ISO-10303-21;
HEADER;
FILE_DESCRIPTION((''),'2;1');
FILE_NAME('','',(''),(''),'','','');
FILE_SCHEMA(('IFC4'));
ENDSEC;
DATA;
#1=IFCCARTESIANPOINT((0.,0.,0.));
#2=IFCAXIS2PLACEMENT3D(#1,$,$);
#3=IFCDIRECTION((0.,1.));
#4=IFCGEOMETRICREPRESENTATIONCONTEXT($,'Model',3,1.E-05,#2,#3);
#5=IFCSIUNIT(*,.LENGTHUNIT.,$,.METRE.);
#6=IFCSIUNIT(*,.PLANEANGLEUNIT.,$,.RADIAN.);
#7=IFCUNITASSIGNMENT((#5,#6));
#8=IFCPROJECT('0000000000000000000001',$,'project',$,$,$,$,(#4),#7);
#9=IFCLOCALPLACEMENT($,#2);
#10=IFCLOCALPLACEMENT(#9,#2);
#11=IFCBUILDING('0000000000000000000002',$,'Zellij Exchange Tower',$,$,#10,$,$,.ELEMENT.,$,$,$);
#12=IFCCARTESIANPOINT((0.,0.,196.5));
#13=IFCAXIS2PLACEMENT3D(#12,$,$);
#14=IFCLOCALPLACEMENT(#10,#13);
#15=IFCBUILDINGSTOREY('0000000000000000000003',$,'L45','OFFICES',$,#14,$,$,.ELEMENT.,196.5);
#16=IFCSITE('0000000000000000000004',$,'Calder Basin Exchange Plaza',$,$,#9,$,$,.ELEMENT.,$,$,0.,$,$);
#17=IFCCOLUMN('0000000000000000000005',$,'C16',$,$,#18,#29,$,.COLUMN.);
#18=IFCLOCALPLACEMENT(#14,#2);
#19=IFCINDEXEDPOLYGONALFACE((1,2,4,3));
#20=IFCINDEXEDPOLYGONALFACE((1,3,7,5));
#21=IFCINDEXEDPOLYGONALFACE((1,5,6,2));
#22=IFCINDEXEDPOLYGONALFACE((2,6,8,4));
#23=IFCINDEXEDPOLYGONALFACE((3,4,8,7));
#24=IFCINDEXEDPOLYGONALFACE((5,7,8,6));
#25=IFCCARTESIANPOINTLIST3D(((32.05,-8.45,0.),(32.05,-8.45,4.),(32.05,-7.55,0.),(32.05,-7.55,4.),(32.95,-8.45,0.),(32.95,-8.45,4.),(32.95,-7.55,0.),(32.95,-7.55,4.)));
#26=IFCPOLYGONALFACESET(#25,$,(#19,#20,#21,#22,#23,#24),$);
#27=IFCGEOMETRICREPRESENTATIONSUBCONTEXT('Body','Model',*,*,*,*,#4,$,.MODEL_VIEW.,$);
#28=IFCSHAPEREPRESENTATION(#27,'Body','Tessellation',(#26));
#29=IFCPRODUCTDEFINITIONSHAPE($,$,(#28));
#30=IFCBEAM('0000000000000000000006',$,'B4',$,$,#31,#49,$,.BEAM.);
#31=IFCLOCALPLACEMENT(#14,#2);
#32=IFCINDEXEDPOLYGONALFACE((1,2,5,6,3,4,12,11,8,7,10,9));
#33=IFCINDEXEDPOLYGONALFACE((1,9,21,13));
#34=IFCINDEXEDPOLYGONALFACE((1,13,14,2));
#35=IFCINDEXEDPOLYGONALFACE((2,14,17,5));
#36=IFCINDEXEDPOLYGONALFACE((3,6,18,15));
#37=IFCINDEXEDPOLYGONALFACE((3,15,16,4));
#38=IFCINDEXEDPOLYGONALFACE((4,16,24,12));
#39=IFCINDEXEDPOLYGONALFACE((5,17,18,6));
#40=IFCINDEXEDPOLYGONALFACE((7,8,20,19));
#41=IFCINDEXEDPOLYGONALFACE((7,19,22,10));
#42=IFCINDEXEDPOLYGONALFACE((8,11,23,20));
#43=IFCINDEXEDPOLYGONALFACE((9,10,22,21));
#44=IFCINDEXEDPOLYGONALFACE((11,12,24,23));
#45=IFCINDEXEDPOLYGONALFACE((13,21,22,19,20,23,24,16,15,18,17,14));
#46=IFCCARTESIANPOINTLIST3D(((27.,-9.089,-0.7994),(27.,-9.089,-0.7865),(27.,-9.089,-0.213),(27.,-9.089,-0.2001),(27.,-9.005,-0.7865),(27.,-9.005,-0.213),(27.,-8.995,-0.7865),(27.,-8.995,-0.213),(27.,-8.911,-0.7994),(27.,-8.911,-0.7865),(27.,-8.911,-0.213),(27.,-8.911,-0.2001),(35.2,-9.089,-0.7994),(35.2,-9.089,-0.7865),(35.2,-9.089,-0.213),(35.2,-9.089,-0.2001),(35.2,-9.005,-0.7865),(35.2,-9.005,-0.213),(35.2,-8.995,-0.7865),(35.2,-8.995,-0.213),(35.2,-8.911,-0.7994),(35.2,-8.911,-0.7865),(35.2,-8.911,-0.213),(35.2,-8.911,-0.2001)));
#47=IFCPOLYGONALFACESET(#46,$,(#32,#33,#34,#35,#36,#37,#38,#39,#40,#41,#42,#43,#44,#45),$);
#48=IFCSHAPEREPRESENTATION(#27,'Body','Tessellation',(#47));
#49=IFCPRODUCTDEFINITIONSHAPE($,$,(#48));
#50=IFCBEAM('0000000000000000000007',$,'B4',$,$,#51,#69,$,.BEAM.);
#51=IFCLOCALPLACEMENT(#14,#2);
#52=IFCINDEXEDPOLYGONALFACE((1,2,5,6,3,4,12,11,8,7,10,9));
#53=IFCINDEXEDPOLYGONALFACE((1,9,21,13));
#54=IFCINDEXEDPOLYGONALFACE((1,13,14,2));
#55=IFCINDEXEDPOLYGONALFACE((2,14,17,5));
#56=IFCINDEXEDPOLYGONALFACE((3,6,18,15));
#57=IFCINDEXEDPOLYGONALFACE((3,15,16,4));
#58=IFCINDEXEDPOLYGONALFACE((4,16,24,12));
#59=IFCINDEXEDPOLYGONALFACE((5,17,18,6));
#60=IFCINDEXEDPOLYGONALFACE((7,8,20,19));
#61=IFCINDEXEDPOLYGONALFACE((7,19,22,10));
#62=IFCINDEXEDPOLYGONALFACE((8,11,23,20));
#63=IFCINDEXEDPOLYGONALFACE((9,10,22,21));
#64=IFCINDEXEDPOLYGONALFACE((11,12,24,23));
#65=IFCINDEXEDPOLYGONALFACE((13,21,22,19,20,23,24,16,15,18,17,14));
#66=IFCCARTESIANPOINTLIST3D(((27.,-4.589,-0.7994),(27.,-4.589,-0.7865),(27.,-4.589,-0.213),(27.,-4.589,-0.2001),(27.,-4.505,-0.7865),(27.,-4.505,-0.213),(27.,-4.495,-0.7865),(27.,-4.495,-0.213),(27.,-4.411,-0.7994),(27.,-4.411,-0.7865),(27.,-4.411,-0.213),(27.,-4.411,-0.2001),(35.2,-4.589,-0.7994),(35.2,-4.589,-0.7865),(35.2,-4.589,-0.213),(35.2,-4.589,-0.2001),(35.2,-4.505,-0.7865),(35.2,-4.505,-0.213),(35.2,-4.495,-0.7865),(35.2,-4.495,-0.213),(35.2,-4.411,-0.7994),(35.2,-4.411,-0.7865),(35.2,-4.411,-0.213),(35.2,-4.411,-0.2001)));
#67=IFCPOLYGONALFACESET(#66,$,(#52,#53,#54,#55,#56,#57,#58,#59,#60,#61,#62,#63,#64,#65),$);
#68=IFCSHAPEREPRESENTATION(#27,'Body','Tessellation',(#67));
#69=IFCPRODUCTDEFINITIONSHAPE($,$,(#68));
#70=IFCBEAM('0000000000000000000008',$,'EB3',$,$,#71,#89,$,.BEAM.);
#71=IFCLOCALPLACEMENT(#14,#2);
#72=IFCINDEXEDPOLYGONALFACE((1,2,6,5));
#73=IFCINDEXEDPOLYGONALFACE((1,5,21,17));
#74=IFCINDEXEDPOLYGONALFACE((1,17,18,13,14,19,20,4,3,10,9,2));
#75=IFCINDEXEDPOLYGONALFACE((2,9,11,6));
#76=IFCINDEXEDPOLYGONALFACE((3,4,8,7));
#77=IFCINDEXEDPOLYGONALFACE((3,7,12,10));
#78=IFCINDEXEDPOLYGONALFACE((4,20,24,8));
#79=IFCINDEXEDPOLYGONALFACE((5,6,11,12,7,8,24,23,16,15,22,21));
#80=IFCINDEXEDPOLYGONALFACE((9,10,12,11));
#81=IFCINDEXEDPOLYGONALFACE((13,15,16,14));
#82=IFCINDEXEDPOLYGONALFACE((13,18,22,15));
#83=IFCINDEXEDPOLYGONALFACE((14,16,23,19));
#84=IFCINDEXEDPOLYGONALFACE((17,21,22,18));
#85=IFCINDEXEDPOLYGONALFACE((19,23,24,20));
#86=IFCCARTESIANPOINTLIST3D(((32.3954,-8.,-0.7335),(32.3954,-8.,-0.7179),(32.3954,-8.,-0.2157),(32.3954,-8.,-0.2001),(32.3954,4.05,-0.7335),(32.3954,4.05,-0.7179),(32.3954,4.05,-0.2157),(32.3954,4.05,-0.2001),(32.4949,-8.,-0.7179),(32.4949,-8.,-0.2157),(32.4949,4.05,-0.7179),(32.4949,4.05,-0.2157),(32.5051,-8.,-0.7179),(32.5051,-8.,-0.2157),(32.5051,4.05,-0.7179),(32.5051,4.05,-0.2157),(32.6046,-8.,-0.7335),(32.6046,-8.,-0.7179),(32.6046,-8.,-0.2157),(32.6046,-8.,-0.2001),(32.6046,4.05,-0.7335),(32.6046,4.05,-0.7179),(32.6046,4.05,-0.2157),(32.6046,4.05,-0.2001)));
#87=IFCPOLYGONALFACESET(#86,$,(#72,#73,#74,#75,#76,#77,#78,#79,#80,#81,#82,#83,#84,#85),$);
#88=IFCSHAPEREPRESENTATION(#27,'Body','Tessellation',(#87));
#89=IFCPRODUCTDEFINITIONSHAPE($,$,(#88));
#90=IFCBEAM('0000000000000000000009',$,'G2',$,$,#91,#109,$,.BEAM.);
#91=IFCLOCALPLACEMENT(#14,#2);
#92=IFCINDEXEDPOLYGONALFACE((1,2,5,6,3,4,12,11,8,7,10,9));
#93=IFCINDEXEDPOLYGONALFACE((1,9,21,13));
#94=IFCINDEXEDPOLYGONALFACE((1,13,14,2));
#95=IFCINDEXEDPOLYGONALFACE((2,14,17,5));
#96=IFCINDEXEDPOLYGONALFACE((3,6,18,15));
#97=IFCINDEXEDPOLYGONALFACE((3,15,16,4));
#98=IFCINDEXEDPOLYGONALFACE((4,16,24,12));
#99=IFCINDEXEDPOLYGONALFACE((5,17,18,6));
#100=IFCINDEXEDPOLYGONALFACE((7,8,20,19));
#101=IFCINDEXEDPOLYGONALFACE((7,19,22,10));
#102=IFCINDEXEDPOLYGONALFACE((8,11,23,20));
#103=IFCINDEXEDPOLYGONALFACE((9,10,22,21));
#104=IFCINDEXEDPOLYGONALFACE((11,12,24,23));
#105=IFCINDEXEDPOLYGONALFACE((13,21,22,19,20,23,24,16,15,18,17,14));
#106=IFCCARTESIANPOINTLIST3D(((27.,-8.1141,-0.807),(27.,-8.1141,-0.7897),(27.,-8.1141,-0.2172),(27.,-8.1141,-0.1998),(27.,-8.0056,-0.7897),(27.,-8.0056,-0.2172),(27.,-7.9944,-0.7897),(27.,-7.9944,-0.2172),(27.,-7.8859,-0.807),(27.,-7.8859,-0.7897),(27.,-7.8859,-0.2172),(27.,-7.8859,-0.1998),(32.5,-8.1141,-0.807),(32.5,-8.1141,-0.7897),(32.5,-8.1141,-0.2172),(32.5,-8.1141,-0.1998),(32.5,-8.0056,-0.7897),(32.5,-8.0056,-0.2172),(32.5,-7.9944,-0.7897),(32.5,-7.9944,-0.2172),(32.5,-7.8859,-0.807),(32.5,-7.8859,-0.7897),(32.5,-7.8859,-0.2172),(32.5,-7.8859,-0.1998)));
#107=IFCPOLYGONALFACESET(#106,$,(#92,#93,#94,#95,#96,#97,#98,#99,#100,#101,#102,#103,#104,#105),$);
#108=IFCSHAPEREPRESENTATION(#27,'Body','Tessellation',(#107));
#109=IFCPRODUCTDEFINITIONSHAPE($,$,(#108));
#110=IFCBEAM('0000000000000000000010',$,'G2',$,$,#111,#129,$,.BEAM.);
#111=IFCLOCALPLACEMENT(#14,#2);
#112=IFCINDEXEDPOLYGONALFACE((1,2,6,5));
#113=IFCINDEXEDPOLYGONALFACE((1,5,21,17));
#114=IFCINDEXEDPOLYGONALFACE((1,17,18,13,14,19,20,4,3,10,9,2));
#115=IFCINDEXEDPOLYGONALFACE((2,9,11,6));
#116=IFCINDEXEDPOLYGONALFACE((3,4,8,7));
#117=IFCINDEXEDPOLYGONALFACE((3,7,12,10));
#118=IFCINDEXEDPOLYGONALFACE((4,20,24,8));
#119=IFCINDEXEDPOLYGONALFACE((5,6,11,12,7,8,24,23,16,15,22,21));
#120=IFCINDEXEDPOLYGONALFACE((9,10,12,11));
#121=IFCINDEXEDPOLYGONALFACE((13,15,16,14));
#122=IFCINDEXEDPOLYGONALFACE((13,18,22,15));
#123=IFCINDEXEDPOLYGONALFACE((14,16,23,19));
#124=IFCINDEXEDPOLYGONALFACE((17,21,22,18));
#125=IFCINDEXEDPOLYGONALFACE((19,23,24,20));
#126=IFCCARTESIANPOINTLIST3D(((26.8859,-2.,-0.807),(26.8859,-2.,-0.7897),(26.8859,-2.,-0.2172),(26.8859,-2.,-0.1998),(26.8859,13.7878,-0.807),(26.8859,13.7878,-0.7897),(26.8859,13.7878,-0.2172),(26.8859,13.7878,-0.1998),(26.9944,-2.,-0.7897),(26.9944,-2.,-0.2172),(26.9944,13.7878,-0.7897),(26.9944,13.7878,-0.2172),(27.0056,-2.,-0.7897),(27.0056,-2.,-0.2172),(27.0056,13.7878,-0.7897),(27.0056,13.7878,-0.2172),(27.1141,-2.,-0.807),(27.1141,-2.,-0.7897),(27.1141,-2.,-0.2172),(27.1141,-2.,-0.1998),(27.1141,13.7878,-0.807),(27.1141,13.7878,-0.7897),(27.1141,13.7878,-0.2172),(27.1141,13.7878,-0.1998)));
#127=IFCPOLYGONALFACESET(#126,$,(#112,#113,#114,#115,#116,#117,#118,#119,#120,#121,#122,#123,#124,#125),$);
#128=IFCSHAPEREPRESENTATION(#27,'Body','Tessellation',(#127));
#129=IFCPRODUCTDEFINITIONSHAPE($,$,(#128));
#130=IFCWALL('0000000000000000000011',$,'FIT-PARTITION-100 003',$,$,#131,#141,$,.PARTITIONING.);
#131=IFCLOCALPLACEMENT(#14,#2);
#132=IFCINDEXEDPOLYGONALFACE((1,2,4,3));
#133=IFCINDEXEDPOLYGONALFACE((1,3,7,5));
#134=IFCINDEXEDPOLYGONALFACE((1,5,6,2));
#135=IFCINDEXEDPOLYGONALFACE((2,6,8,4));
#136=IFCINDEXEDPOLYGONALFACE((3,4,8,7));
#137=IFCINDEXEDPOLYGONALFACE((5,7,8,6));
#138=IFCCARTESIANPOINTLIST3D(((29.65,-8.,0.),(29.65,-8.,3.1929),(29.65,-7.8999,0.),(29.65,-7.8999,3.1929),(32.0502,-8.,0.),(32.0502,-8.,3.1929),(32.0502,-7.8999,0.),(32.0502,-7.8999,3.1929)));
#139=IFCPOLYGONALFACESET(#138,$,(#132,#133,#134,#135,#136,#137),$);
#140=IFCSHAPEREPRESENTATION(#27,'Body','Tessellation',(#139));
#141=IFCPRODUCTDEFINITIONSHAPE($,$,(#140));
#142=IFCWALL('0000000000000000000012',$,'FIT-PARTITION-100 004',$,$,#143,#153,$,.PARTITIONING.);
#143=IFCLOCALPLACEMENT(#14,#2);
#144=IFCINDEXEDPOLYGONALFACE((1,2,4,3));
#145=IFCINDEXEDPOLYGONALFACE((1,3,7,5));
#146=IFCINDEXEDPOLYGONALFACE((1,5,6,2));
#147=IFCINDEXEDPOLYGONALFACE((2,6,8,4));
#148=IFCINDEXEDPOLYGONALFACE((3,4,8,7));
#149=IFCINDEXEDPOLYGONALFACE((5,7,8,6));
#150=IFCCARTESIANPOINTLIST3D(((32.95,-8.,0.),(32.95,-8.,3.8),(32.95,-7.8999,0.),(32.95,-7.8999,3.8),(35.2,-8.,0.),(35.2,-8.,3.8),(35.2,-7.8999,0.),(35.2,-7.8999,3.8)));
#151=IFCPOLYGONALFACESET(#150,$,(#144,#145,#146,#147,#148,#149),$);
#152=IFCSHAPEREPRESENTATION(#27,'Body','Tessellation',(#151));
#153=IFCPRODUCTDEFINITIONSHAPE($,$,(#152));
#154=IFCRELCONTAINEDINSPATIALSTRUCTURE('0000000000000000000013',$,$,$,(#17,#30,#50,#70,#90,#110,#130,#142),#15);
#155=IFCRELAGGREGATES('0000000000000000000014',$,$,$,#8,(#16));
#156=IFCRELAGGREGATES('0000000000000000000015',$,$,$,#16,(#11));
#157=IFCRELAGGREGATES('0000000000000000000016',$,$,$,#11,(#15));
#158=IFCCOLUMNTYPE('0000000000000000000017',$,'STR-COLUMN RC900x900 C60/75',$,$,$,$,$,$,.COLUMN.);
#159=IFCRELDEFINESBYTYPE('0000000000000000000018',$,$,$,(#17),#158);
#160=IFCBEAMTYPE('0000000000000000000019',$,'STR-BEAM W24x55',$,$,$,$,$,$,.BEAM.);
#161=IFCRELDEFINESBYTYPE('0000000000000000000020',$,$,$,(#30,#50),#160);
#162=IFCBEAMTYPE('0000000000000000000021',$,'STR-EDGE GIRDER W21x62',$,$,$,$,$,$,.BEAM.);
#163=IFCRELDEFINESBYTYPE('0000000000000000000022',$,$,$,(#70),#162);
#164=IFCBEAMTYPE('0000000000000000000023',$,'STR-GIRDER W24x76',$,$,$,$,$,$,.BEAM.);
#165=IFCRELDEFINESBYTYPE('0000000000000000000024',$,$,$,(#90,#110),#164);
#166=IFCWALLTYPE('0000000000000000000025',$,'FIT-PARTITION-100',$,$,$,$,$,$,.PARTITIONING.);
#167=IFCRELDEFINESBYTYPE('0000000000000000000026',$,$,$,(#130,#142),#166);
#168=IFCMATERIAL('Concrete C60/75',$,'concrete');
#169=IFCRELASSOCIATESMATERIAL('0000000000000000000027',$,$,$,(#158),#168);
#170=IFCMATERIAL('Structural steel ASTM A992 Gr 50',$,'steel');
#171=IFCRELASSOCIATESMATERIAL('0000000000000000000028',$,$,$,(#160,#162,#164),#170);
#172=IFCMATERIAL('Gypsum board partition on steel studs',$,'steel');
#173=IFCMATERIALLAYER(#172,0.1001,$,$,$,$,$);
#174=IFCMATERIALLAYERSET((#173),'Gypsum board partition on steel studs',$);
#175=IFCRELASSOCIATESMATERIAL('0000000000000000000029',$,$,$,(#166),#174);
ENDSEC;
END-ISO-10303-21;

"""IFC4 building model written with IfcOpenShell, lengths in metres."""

from ifc_helpers import new_model, si_unit, direction, frame, frame_2d, origin, origin_2d, place, context, subcontext, project, spatial, rectangle, i_section, extrude, material, layer, layer_set, material_profile, profile_set, type_object, element, save


model = new_model("IFC4")

# Units and contexts
model_context = context("Model", 3, precision=1e-05, world=origin(), true_north=direction((0.0, 1.0)))
body_context = subcontext(model_context, "Body", "Model", "MODEL_VIEW")
ifc_project = project(units=[si_unit("LENGTHUNIT", "METRE"), si_unit("PLANEANGLEUNIT", "RADIAN")], contexts=[model_context])

# Site, building, storey
site_placement = place(None, origin())
site = spatial("IfcSite", under=ifc_project, at=site_placement, Name="Calder Basin Exchange Plaza", CompositionType="ELEMENT", RefElevation=0.0)
building_placement = place(site_placement, origin())
building = spatial("IfcBuilding", under=site, at=building_placement, Name="Zellij Exchange Tower", CompositionType="ELEMENT")
storey_placement = place(building_placement, frame((0.0, 0.0, 196.5)))
storey = spatial("IfcBuildingStorey", under=building, at=storey_placement, Name="L45", Description="OFFICES", CompositionType="ELEMENT", Elevation=196.5)

# Column
ifc_material_1 = material(Name="Concrete C60/75", Category="concrete")
ifc_material_profile_1 = material_profile(ifc_material_1, rectangle(XDim=0.8999, YDim=0.8999, at=origin_2d()), Name="STR-COLUMN RC900x900 C60/75")
ifc_profile_set_1 = profile_set([ifc_material_profile_1], Name="Concrete C60/75")
column_type = type_object("IfcColumnType", Name="STR-COLUMN RC900x900 C60/75", PredefinedType="COLUMN", material=ifc_profile_set_1)
column_placement = place(storey_placement, frame((32.5, -8.0, 0.0), z_axis=(0.0, 0.0, 1.0), x_axis=(1.0, 0.0, 0.0)))
element("IfcColumn", 1, at=column_placement, inside=storey, type_object=column_type, Name="C16", PredefinedType="COLUMN", context=body_context, shape_type="SweptSolid", body=[
    extrude(rectangle(XDim=0.8999, YDim=0.8999, at=origin_2d()), origin(), (0.0, 0.0, 1.0), 4.0),
])

# Beams
ifc_material_2 = material(Name="Structural steel ASTM A992 Gr 50", Category="steel")
ifc_material_profile_2 = material_profile(ifc_material_2, i_section(OverallWidth=0.178, OverallDepth=0.5994, WebThickness=0.01, FlangeThickness=0.0129, at=origin_2d()), Name="W24x55")
ifc_profile_set_2 = profile_set([ifc_material_profile_2], Name="Structural steel ASTM A992 Gr 50")
beam_type_1 = type_object("IfcBeamType", Name="STR-BEAM W24x55", PredefinedType="BEAM", material=ifc_profile_set_2)
for number, where, z_axis, x_axis, name in (
    (2, (27.0, -9.0, -0.4998), (1.0, 0.0, 0.0), (0.0, 1.0, 0.0), "B4"),
    (3, (27.0, -4.5, -0.4998), (1.0, 0.0, 0.0), (0.0, 1.0, 0.0), "B4"),
):
    element("IfcBeam", number, at=place(storey_placement, frame(where, z_axis=z_axis, x_axis=x_axis)), inside=storey, type_object=beam_type_1, Name=name, PredefinedType="BEAM", context=body_context, shape_type="SweptSolid", body=[
        extrude(i_section(OverallWidth=0.178, OverallDepth=0.5994, WebThickness=0.01, FlangeThickness=0.0129, at=origin_2d()), origin(), (0.0, 0.0, 1.0), 8.2),
    ])
ifc_material_profile_3 = material_profile(ifc_material_2, i_section(OverallWidth=0.2092, OverallDepth=0.5334, WebThickness=0.0103, FlangeThickness=0.0156, at=origin_2d()), Name="W21x62")
ifc_profile_set_3 = profile_set([ifc_material_profile_3], Name="Structural steel ASTM A992 Gr 50")
beam_type_2 = type_object("IfcBeamType", Name="STR-EDGE GIRDER W21x62", PredefinedType="BEAM", material=ifc_profile_set_3)
beam_1_placement = place(storey_placement, frame((32.5, -8.0, -0.4668), z_axis=(0.0, 1.0, 0.0), x_axis=(-1.0, 0.0, 0.0)))
element("IfcBeam", 4, at=beam_1_placement, inside=storey, type_object=beam_type_2, Name="EB3", PredefinedType="BEAM", context=body_context, shape_type="SweptSolid", body=[
    extrude(i_section(OverallWidth=0.2092, OverallDepth=0.5334, WebThickness=0.0103, FlangeThickness=0.0156, at=origin_2d()), origin(), (0.0, 0.0, 1.0), 12.05),
])
ifc_material_profile_4 = material_profile(ifc_material_2, i_section(OverallWidth=0.2283, OverallDepth=0.6072, WebThickness=0.0112, FlangeThickness=0.0173, at=origin_2d()), Name="W24x76")
ifc_profile_set_4 = profile_set([ifc_material_profile_4], Name="Structural steel ASTM A992 Gr 50")
beam_type_3 = type_object("IfcBeamType", Name="STR-GIRDER W24x76", PredefinedType="BEAM", material=ifc_profile_set_4)
beam_2_placement = place(storey_placement, frame((27.0, -8.0, -0.5034), z_axis=(1.0, 0.0, 0.0), x_axis=(0.0, 1.0, 0.0)))
element("IfcBeam", 5, at=beam_2_placement, inside=storey, type_object=beam_type_3, Name="G2", PredefinedType="BEAM", context=body_context, shape_type="SweptSolid", body=[
    extrude(i_section(OverallWidth=0.2283, OverallDepth=0.6072, WebThickness=0.0112, FlangeThickness=0.0173, at=origin_2d()), origin(), (0.0, 0.0, 1.0), 5.5),
])
beam_3_placement = place(storey_placement, frame((27.0, -2.0, -0.5034), z_axis=(0.0, 1.0, 0.0), x_axis=(-1.0, 0.0, 0.0)))
element("IfcBeam", 6, at=beam_3_placement, inside=storey, type_object=beam_type_3, Name="G2", PredefinedType="BEAM", context=body_context, shape_type="SweptSolid", body=[
    extrude(i_section(OverallWidth=0.2283, OverallDepth=0.6072, WebThickness=0.0112, FlangeThickness=0.0173, at=origin_2d()), origin(), (0.0, 0.0, 1.0), 15.7878),
])

# Walls
ifc_material_3 = material(Name="Gypsum board partition on steel studs", Category="steel")
ifc_layer_1 = layer(ifc_material_3, 0.1001)
ifc_layer_set_1 = layer_set([ifc_layer_1], Name="Gypsum board partition on steel studs")
wall_type = type_object("IfcWallType", Name="FIT-PARTITION-100", PredefinedType="PARTITIONING", material=ifc_layer_set_1)
wall_1_placement = place(storey_placement, frame((29.6499, -7.95, 0.0), z_axis=(0.0, 0.0, 1.0), x_axis=(1.0, 0.0, 0.0)))
element("IfcWall", 7, at=wall_1_placement, inside=storey, type_object=wall_type, Name="FIT-PARTITION-100 003", PredefinedType="PARTITIONING", context=body_context, shape_type="SweptSolid", body=[
    extrude(rectangle(XDim=2.4001, YDim=0.1001, at=frame_2d((1.2002, 0.0))), origin(), (0.0, 0.0, 1.0), 3.1929),
])
wall_2_placement = place(storey_placement, frame((32.95, -7.95, 0.0), z_axis=(0.0, 0.0, 1.0), x_axis=(1.0, 0.0, 0.0)))
element("IfcWall", 8, at=wall_2_placement, inside=storey, type_object=wall_type, Name="FIT-PARTITION-100 004", PredefinedType="PARTITIONING", context=body_context, shape_type="SweptSolid", body=[
    extrude(rectangle(XDim=2.25, YDim=0.1001, at=frame_2d((1.125, 0.0))), origin(), (0.0, 0.0, 1.0), 3.8),
])

save(model, "model.ifc")
